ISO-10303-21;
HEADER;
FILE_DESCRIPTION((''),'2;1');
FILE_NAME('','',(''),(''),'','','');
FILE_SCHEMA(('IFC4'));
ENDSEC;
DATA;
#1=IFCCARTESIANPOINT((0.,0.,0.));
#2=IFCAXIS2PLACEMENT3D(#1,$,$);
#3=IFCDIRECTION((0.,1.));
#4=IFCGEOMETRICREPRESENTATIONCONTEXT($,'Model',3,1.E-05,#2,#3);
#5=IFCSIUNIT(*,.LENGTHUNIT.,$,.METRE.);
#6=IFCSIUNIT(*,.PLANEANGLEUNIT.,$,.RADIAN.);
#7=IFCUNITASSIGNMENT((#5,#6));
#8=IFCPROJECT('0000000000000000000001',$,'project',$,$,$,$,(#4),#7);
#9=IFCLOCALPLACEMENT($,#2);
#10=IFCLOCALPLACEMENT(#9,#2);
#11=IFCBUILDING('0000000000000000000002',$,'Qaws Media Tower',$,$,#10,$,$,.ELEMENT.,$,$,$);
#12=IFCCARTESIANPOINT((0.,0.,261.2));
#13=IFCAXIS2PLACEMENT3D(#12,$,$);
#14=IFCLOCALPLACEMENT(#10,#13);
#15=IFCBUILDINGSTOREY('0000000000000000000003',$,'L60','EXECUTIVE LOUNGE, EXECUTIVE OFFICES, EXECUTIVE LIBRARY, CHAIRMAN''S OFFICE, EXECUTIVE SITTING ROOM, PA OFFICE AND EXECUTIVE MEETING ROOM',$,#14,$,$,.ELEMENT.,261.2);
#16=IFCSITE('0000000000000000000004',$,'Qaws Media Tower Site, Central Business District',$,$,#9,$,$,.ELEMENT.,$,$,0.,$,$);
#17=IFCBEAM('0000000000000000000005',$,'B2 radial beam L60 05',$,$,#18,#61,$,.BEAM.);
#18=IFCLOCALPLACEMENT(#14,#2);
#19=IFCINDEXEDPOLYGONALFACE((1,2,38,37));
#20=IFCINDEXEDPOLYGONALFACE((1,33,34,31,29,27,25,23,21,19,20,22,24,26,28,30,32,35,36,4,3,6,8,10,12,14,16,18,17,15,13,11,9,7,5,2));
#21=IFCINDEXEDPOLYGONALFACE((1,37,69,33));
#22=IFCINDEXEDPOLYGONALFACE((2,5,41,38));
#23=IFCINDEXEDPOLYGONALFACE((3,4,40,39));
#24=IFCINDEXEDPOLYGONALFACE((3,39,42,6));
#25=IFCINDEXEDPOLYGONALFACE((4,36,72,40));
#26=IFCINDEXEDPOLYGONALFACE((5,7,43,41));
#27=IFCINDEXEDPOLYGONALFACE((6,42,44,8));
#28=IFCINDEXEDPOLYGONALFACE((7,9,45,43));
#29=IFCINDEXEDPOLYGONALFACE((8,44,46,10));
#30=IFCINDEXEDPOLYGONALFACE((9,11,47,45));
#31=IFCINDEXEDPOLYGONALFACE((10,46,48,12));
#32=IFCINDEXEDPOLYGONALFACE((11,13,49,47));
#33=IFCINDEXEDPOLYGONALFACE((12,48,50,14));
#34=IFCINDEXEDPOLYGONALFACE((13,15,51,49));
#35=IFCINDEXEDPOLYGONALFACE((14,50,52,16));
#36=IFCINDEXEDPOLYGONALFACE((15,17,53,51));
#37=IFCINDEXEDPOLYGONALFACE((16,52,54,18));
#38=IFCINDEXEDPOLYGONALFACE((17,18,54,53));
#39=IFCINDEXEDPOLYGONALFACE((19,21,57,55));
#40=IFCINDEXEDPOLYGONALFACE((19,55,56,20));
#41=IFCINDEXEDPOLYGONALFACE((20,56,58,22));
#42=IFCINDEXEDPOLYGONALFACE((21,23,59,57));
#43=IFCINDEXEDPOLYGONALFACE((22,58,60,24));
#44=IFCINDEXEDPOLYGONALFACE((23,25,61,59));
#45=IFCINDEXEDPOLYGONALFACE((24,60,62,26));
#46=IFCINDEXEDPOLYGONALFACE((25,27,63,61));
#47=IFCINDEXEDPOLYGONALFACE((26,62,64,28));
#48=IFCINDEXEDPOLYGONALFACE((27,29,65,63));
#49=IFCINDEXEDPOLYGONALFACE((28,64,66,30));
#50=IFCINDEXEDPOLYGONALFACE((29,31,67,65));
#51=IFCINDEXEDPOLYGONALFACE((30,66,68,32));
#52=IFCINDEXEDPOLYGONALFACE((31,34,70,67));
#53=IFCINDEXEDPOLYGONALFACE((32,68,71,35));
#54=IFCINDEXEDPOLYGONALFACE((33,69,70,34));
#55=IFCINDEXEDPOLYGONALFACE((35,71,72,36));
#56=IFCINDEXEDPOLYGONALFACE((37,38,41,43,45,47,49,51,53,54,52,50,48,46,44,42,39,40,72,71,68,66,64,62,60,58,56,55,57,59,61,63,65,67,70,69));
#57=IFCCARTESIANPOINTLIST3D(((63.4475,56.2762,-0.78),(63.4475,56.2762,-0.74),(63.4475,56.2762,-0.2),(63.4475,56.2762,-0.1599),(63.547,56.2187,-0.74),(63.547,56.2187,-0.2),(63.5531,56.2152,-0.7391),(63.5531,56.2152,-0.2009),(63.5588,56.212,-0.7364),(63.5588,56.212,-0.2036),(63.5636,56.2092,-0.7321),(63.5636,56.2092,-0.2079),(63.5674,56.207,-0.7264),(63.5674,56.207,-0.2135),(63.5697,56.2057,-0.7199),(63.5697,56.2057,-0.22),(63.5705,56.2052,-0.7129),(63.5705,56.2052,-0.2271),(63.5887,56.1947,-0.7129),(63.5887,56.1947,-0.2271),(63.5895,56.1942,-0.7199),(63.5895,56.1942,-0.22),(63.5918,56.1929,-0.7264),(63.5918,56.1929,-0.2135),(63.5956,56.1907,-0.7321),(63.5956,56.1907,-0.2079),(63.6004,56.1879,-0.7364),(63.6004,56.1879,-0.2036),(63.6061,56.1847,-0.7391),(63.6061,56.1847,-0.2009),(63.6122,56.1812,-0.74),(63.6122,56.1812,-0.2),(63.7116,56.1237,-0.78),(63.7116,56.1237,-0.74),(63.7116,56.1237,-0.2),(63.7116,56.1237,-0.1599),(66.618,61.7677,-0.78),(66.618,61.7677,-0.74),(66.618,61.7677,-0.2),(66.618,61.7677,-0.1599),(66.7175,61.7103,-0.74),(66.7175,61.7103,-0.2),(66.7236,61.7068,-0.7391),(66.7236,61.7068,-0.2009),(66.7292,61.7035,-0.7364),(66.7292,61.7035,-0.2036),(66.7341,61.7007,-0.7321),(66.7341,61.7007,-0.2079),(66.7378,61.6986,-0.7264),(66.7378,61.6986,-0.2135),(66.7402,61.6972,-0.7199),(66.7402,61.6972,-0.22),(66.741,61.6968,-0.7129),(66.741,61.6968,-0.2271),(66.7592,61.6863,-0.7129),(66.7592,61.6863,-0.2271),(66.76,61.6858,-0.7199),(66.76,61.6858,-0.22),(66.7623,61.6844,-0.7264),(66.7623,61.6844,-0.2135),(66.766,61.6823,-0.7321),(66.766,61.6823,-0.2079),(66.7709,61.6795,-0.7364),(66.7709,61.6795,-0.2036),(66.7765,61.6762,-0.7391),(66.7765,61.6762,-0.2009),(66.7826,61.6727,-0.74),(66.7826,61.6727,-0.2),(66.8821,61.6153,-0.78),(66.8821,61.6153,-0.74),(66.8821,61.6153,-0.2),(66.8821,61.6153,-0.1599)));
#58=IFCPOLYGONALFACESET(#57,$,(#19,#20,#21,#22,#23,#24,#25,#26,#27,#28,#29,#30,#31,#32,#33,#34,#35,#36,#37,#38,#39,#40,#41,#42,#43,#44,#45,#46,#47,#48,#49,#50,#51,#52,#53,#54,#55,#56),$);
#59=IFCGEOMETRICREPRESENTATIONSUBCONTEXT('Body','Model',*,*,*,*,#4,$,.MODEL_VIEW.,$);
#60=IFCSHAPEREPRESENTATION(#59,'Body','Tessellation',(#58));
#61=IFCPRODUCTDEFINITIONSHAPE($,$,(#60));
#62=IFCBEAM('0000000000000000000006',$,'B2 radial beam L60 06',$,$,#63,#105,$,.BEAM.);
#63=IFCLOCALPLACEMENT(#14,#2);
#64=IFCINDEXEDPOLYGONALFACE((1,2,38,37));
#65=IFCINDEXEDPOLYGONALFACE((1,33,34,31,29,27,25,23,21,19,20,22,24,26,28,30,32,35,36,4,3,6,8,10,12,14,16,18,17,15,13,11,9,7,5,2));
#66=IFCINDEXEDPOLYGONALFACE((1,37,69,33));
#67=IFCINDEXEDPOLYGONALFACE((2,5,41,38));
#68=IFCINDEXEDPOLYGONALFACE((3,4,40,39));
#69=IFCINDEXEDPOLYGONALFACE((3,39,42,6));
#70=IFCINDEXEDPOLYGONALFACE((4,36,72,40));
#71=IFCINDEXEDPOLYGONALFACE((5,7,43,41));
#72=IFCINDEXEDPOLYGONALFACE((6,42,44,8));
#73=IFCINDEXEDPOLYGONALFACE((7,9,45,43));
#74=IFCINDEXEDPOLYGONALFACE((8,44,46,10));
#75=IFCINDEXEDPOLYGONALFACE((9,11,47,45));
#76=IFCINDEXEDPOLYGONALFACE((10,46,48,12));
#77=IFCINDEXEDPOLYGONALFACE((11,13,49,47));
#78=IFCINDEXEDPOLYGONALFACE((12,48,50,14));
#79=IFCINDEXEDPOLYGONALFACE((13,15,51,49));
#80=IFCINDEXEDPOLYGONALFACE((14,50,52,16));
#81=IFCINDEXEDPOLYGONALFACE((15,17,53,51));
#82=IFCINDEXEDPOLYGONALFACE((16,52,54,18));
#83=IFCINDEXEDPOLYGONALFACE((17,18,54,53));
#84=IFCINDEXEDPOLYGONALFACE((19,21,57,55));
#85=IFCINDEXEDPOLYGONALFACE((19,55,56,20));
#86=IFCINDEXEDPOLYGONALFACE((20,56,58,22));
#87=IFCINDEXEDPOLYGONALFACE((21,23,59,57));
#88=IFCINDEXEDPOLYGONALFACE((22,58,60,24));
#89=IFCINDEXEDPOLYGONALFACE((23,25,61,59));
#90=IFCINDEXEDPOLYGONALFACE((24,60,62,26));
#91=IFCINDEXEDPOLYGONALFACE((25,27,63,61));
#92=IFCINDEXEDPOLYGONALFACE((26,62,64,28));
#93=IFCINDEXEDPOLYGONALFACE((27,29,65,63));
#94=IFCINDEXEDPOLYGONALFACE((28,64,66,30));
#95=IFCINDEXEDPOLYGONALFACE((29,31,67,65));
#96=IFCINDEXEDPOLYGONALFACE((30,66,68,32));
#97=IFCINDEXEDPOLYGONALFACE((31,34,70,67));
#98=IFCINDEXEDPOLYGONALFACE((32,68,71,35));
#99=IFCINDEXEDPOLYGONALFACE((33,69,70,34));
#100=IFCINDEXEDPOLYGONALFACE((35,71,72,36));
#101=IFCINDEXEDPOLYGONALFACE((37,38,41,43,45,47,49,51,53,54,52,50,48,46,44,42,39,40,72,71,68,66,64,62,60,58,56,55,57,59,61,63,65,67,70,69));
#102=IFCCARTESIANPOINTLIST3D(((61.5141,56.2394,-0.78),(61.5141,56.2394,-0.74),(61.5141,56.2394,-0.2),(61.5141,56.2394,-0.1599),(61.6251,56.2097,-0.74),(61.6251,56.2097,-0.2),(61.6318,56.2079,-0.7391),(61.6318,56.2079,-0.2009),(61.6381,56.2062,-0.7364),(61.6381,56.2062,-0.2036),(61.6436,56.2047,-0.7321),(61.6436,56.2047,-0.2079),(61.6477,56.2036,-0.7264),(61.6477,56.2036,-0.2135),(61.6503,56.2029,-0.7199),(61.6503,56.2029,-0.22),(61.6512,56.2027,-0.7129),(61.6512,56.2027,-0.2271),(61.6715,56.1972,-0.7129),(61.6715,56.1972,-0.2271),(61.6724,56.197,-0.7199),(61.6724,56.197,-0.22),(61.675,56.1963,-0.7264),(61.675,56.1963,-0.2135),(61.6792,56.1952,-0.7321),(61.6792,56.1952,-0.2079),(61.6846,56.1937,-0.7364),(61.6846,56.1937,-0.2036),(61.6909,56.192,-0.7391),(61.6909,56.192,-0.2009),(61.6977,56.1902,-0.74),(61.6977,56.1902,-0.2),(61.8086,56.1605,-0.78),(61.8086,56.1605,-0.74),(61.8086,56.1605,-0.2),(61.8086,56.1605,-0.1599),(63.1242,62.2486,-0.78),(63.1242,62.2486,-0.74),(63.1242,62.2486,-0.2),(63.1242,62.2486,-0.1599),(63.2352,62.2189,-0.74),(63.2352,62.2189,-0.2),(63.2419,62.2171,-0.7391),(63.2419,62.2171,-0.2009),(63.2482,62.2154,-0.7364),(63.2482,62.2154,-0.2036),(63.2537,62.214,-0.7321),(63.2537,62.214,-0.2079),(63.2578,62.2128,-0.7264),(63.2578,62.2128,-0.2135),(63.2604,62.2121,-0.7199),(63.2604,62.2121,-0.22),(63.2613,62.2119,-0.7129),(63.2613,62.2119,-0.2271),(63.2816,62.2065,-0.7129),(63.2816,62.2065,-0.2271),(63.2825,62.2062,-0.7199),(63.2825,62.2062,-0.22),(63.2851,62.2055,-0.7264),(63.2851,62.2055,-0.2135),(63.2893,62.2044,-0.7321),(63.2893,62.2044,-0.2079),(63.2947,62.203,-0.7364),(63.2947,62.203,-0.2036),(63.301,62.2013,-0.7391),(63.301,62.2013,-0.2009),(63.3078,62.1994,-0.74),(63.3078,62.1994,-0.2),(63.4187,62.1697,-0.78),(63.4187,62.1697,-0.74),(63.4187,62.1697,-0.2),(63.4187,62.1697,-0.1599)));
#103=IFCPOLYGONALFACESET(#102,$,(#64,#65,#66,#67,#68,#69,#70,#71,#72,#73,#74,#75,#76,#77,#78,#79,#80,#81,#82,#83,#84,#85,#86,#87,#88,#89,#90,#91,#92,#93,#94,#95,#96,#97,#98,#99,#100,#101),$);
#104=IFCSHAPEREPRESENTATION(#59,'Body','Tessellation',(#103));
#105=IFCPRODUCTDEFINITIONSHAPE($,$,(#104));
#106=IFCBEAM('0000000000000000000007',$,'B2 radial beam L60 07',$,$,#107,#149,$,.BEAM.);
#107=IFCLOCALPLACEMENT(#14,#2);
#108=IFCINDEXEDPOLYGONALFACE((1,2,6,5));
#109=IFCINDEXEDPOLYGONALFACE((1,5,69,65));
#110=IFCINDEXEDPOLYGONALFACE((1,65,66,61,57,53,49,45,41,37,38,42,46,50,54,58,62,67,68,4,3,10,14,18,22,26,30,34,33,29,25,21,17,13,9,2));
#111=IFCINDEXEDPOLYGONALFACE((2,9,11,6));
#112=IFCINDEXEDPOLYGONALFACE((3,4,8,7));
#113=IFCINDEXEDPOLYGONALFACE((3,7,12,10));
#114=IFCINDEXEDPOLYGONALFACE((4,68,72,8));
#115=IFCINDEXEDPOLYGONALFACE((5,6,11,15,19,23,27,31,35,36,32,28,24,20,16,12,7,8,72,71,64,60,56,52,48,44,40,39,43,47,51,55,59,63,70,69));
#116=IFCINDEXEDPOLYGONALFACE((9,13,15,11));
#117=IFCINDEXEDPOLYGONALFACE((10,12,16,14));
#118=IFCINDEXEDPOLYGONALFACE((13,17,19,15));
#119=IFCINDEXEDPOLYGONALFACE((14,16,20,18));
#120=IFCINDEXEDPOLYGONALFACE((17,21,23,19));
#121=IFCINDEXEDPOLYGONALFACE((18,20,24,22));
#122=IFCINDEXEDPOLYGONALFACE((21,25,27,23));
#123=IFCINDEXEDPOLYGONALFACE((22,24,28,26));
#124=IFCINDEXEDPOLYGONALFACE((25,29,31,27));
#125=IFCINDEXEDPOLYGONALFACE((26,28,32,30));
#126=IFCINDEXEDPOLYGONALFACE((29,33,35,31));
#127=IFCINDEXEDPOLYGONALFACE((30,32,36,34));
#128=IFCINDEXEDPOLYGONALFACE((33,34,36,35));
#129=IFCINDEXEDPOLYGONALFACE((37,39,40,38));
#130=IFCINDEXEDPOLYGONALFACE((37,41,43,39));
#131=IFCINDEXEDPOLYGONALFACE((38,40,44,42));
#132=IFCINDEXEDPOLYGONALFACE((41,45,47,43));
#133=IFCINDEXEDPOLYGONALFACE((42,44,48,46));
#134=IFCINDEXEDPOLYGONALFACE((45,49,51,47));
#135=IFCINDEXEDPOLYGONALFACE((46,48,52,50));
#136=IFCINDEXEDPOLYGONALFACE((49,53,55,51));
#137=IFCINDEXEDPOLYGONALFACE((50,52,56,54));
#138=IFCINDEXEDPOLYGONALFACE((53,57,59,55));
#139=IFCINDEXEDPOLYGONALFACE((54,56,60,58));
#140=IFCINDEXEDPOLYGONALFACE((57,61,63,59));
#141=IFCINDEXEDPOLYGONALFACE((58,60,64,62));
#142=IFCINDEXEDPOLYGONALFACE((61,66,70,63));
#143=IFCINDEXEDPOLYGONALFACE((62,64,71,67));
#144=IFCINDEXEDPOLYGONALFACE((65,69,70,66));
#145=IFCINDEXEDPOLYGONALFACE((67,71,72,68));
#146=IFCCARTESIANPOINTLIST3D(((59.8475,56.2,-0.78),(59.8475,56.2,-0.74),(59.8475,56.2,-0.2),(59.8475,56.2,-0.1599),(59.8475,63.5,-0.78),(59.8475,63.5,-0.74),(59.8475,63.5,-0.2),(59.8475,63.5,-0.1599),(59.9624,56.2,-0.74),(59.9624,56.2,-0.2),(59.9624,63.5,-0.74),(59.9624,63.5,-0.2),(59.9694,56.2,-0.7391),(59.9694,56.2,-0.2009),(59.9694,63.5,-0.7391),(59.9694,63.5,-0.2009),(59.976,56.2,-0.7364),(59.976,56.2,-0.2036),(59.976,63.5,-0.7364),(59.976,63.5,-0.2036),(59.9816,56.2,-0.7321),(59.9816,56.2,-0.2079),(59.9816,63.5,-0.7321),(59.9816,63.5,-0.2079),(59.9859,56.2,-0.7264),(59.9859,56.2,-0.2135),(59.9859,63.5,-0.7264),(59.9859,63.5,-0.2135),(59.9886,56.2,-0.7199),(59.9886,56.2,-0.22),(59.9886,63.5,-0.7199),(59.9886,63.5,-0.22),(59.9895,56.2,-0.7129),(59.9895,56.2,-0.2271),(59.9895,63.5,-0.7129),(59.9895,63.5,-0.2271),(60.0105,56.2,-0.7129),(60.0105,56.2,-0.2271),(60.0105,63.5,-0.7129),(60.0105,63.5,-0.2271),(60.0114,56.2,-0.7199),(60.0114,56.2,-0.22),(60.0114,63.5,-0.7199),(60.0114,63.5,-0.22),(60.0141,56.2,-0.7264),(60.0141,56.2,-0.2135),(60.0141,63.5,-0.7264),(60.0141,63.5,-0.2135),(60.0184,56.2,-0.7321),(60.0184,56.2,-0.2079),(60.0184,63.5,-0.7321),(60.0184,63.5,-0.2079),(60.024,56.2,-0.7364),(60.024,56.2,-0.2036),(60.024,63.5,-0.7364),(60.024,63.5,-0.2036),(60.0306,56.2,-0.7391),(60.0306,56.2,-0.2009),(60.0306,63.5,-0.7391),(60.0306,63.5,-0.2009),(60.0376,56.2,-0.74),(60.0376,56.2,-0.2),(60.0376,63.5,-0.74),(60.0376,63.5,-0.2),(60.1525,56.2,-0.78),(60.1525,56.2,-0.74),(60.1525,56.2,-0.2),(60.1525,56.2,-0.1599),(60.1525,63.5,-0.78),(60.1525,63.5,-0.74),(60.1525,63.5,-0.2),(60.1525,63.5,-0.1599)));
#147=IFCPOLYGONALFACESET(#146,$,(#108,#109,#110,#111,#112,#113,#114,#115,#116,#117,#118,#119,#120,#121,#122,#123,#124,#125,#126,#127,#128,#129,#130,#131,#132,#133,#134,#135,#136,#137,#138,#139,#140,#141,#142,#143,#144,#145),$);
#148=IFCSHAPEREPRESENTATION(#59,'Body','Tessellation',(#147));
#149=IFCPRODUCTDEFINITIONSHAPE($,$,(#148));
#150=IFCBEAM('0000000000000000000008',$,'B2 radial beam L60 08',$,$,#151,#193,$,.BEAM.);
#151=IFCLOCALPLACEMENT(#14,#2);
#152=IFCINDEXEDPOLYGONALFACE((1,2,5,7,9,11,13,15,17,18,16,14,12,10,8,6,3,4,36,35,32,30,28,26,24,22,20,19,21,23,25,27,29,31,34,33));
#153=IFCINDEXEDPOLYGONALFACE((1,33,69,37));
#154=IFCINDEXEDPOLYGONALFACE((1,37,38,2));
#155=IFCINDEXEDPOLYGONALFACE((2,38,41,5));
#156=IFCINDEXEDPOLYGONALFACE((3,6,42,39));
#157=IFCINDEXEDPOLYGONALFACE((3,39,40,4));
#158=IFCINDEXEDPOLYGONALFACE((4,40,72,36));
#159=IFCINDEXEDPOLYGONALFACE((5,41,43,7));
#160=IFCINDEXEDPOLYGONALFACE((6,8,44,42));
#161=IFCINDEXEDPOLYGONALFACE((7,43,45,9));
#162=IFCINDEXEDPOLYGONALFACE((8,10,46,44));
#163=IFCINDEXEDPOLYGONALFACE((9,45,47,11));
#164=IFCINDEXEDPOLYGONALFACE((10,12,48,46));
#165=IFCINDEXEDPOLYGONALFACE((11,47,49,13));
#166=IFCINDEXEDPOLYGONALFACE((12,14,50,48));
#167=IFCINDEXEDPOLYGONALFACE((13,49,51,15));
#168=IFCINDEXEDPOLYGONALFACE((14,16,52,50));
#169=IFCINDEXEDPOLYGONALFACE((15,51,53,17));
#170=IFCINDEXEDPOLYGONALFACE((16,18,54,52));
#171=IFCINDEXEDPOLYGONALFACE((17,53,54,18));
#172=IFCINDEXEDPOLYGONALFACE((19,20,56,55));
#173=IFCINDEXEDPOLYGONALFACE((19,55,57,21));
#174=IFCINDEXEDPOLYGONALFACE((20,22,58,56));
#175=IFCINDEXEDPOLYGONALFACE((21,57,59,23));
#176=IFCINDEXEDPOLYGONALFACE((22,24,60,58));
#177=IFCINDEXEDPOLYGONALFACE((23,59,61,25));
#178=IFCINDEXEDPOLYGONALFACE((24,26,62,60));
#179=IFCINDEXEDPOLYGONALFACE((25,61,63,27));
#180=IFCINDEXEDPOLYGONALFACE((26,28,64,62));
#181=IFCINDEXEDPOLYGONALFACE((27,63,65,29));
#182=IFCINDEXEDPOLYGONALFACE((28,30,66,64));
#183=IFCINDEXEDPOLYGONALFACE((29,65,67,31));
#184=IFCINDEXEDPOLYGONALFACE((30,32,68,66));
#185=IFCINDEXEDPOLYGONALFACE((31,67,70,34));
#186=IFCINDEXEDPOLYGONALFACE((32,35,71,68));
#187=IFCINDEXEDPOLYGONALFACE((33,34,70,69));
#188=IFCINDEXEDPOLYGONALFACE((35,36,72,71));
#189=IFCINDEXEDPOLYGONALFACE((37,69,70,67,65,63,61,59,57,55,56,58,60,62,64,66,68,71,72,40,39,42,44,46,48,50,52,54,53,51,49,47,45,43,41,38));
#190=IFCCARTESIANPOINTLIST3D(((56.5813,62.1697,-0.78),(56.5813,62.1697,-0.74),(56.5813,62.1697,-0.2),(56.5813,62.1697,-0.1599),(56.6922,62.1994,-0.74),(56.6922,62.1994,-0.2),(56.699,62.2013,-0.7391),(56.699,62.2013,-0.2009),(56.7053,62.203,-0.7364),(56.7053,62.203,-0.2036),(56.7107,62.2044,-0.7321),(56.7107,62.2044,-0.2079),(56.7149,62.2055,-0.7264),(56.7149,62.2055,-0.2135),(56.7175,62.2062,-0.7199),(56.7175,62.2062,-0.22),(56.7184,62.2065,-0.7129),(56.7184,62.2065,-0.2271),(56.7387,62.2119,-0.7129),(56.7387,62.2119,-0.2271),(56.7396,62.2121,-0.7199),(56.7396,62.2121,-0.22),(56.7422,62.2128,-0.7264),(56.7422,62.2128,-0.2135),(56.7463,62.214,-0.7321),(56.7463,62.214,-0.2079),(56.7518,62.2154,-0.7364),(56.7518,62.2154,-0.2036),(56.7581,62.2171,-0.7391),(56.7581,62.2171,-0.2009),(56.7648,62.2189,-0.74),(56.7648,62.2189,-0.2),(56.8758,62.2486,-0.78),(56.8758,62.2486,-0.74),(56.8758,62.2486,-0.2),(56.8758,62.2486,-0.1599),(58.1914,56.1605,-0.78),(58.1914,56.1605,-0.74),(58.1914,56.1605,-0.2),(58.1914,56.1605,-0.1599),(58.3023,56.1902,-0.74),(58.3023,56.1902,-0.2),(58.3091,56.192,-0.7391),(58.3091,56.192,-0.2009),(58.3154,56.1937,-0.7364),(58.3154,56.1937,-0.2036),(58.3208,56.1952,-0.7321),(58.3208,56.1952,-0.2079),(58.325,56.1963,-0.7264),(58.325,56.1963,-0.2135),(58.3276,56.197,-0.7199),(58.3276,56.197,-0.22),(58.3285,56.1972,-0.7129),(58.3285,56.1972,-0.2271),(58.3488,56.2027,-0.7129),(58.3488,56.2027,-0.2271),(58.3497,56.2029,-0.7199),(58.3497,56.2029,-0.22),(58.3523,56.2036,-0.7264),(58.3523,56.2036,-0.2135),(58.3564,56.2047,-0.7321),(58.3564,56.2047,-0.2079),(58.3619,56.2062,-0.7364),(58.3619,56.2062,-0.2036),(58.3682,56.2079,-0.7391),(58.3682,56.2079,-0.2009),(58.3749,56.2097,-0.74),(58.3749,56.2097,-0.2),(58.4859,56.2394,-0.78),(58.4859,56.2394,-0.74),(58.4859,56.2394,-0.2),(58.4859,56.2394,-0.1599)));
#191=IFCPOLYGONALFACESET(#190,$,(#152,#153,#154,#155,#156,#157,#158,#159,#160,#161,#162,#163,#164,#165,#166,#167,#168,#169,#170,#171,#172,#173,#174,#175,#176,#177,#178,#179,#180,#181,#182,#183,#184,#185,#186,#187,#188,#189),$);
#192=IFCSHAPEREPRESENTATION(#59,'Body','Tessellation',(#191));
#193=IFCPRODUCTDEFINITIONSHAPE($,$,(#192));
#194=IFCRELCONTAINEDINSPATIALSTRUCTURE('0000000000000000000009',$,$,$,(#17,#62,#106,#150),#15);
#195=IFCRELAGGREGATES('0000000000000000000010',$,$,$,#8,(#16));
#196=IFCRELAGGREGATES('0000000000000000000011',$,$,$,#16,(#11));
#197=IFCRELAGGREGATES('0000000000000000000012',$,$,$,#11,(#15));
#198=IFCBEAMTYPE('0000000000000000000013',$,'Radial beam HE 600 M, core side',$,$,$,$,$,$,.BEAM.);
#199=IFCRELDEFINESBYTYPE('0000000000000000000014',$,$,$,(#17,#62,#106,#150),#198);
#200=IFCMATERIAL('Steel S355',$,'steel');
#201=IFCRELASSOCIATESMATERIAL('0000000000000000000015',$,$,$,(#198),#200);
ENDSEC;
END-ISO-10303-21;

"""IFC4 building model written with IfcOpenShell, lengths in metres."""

from ifc_helpers import new_model, si_unit, direction, frame, origin, origin_2d, place, context, subcontext, project, spatial, i_section, extrude, material, material_profile, profile_set, type_object, element, save


model = new_model("IFC4")

# Units and contexts
model_context = context("Model", 3, precision=1e-05, world=origin(), true_north=direction((0.0, 1.0)))
body_context = subcontext(model_context, "Body", "Model", "MODEL_VIEW")
ifc_project = project(units=[si_unit("LENGTHUNIT", "METRE"), si_unit("PLANEANGLEUNIT", "RADIAN")], contexts=[model_context])

# Site, building, storey
site_placement = place(None, origin())
site = spatial("IfcSite", under=ifc_project, at=site_placement, Name="Qaws Media Tower Site, Central Business District", CompositionType="ELEMENT", RefElevation=0.0)
building_placement = place(site_placement, origin())
building = spatial("IfcBuilding", under=site, at=building_placement, Name="Qaws Media Tower", CompositionType="ELEMENT")
storey_placement = place(building_placement, frame((0.0, 0.0, 261.2)))
storey = spatial("IfcBuildingStorey", under=building, at=storey_placement, Name="L60", Description="EXECUTIVE LOUNGE, EXECUTIVE OFFICES, EXECUTIVE LIBRARY, CHAIRMAN'S OFFICE, EXECUTIVE SITTING ROOM, PA OFFICE AND EXECUTIVE MEETING ROOM", CompositionType="ELEMENT", Elevation=261.2)

# Beams
ifc_material_1 = material(Name="Steel S355", Category="steel")
ifc_material_profile_1 = material_profile(ifc_material_1, i_section(OverallWidth=0.3049, OverallDepth=0.6201, WebThickness=0.021, FlangeThickness=0.04, FilletRadius=0.0271, at=origin_2d()), Name="HE 600 M")
ifc_profile_set_1 = profile_set([ifc_material_profile_1], Name="Steel S355")
beam_type_1 = type_object("IfcBeamType", Name="Radial beam HE 600 M, core side", PredefinedType="BEAM", material=ifc_profile_set_1)
beam_1_placement = place(storey_placement, frame((63.5796, 56.2, -0.47), z_axis=(0.49999, 0.866031, 0.0), x_axis=(-0.866031, 0.49999, 0.0)))
element("IfcBeam", 1, at=beam_1_placement, inside=storey, type_object=beam_type_1, Name="B2 radial beam L60 05", PredefinedType="BEAM", context=body_context, shape_type="SweptSolid", body=[
    extrude(i_section(OverallWidth=0.3049, OverallDepth=0.6201, WebThickness=0.021, FlangeThickness=0.04, FilletRadius=0.0271, at=origin_2d()), origin(), (0.0, 0.0, 1.0), 6.3411),
])
beam_2_placement = place(storey_placement, frame((61.6614, 56.2, -0.47), z_axis=(0.258808, 0.965929, 0.0), x_axis=(-0.965929, 0.258808, 0.0)))
element("IfcBeam", 2, at=beam_2_placement, inside=storey, type_object=beam_type_1, Name="B2 radial beam L60 06", PredefinedType="BEAM", context=body_context, shape_type="SweptSolid", body=[
    extrude(i_section(OverallWidth=0.3049, OverallDepth=0.6201, WebThickness=0.021, FlangeThickness=0.04, FilletRadius=0.0271, at=origin_2d()), origin(), (0.0, 0.0, 1.0), 6.2212),
])
beam_3_placement = place(storey_placement, frame((60.0, 56.2, -0.47), z_axis=(0.0, 1.0, 0.0), x_axis=(-1.0, 0.0, 0.0)))
element("IfcBeam", 3, at=beam_3_placement, inside=storey, type_object=beam_type_1, Name="B2 radial beam L60 07", PredefinedType="BEAM", context=body_context, shape_type="SweptSolid", body=[
    extrude(i_section(OverallWidth=0.3049, OverallDepth=0.6201, WebThickness=0.021, FlangeThickness=0.04, FilletRadius=0.0271, at=origin_2d()), origin(), (0.0, 0.0, 1.0), 7.3),
])
beam_4_placement = place(storey_placement, frame((58.3386, 56.2, -0.47), z_axis=(-0.258808, 0.965929, 0.0), x_axis=(-0.965929, -0.258808, 0.0)))
element("IfcBeam", 4, at=beam_4_placement, inside=storey, type_object=beam_type_1, Name="B2 radial beam L60 08", PredefinedType="BEAM", context=body_context, shape_type="SweptSolid", body=[
    extrude(i_section(OverallWidth=0.3049, OverallDepth=0.6201, WebThickness=0.021, FlangeThickness=0.04, FilletRadius=0.0271, at=origin_2d()), origin(), (0.0, 0.0, 1.0), 6.2212),
])

save(model, "model.ifc")
